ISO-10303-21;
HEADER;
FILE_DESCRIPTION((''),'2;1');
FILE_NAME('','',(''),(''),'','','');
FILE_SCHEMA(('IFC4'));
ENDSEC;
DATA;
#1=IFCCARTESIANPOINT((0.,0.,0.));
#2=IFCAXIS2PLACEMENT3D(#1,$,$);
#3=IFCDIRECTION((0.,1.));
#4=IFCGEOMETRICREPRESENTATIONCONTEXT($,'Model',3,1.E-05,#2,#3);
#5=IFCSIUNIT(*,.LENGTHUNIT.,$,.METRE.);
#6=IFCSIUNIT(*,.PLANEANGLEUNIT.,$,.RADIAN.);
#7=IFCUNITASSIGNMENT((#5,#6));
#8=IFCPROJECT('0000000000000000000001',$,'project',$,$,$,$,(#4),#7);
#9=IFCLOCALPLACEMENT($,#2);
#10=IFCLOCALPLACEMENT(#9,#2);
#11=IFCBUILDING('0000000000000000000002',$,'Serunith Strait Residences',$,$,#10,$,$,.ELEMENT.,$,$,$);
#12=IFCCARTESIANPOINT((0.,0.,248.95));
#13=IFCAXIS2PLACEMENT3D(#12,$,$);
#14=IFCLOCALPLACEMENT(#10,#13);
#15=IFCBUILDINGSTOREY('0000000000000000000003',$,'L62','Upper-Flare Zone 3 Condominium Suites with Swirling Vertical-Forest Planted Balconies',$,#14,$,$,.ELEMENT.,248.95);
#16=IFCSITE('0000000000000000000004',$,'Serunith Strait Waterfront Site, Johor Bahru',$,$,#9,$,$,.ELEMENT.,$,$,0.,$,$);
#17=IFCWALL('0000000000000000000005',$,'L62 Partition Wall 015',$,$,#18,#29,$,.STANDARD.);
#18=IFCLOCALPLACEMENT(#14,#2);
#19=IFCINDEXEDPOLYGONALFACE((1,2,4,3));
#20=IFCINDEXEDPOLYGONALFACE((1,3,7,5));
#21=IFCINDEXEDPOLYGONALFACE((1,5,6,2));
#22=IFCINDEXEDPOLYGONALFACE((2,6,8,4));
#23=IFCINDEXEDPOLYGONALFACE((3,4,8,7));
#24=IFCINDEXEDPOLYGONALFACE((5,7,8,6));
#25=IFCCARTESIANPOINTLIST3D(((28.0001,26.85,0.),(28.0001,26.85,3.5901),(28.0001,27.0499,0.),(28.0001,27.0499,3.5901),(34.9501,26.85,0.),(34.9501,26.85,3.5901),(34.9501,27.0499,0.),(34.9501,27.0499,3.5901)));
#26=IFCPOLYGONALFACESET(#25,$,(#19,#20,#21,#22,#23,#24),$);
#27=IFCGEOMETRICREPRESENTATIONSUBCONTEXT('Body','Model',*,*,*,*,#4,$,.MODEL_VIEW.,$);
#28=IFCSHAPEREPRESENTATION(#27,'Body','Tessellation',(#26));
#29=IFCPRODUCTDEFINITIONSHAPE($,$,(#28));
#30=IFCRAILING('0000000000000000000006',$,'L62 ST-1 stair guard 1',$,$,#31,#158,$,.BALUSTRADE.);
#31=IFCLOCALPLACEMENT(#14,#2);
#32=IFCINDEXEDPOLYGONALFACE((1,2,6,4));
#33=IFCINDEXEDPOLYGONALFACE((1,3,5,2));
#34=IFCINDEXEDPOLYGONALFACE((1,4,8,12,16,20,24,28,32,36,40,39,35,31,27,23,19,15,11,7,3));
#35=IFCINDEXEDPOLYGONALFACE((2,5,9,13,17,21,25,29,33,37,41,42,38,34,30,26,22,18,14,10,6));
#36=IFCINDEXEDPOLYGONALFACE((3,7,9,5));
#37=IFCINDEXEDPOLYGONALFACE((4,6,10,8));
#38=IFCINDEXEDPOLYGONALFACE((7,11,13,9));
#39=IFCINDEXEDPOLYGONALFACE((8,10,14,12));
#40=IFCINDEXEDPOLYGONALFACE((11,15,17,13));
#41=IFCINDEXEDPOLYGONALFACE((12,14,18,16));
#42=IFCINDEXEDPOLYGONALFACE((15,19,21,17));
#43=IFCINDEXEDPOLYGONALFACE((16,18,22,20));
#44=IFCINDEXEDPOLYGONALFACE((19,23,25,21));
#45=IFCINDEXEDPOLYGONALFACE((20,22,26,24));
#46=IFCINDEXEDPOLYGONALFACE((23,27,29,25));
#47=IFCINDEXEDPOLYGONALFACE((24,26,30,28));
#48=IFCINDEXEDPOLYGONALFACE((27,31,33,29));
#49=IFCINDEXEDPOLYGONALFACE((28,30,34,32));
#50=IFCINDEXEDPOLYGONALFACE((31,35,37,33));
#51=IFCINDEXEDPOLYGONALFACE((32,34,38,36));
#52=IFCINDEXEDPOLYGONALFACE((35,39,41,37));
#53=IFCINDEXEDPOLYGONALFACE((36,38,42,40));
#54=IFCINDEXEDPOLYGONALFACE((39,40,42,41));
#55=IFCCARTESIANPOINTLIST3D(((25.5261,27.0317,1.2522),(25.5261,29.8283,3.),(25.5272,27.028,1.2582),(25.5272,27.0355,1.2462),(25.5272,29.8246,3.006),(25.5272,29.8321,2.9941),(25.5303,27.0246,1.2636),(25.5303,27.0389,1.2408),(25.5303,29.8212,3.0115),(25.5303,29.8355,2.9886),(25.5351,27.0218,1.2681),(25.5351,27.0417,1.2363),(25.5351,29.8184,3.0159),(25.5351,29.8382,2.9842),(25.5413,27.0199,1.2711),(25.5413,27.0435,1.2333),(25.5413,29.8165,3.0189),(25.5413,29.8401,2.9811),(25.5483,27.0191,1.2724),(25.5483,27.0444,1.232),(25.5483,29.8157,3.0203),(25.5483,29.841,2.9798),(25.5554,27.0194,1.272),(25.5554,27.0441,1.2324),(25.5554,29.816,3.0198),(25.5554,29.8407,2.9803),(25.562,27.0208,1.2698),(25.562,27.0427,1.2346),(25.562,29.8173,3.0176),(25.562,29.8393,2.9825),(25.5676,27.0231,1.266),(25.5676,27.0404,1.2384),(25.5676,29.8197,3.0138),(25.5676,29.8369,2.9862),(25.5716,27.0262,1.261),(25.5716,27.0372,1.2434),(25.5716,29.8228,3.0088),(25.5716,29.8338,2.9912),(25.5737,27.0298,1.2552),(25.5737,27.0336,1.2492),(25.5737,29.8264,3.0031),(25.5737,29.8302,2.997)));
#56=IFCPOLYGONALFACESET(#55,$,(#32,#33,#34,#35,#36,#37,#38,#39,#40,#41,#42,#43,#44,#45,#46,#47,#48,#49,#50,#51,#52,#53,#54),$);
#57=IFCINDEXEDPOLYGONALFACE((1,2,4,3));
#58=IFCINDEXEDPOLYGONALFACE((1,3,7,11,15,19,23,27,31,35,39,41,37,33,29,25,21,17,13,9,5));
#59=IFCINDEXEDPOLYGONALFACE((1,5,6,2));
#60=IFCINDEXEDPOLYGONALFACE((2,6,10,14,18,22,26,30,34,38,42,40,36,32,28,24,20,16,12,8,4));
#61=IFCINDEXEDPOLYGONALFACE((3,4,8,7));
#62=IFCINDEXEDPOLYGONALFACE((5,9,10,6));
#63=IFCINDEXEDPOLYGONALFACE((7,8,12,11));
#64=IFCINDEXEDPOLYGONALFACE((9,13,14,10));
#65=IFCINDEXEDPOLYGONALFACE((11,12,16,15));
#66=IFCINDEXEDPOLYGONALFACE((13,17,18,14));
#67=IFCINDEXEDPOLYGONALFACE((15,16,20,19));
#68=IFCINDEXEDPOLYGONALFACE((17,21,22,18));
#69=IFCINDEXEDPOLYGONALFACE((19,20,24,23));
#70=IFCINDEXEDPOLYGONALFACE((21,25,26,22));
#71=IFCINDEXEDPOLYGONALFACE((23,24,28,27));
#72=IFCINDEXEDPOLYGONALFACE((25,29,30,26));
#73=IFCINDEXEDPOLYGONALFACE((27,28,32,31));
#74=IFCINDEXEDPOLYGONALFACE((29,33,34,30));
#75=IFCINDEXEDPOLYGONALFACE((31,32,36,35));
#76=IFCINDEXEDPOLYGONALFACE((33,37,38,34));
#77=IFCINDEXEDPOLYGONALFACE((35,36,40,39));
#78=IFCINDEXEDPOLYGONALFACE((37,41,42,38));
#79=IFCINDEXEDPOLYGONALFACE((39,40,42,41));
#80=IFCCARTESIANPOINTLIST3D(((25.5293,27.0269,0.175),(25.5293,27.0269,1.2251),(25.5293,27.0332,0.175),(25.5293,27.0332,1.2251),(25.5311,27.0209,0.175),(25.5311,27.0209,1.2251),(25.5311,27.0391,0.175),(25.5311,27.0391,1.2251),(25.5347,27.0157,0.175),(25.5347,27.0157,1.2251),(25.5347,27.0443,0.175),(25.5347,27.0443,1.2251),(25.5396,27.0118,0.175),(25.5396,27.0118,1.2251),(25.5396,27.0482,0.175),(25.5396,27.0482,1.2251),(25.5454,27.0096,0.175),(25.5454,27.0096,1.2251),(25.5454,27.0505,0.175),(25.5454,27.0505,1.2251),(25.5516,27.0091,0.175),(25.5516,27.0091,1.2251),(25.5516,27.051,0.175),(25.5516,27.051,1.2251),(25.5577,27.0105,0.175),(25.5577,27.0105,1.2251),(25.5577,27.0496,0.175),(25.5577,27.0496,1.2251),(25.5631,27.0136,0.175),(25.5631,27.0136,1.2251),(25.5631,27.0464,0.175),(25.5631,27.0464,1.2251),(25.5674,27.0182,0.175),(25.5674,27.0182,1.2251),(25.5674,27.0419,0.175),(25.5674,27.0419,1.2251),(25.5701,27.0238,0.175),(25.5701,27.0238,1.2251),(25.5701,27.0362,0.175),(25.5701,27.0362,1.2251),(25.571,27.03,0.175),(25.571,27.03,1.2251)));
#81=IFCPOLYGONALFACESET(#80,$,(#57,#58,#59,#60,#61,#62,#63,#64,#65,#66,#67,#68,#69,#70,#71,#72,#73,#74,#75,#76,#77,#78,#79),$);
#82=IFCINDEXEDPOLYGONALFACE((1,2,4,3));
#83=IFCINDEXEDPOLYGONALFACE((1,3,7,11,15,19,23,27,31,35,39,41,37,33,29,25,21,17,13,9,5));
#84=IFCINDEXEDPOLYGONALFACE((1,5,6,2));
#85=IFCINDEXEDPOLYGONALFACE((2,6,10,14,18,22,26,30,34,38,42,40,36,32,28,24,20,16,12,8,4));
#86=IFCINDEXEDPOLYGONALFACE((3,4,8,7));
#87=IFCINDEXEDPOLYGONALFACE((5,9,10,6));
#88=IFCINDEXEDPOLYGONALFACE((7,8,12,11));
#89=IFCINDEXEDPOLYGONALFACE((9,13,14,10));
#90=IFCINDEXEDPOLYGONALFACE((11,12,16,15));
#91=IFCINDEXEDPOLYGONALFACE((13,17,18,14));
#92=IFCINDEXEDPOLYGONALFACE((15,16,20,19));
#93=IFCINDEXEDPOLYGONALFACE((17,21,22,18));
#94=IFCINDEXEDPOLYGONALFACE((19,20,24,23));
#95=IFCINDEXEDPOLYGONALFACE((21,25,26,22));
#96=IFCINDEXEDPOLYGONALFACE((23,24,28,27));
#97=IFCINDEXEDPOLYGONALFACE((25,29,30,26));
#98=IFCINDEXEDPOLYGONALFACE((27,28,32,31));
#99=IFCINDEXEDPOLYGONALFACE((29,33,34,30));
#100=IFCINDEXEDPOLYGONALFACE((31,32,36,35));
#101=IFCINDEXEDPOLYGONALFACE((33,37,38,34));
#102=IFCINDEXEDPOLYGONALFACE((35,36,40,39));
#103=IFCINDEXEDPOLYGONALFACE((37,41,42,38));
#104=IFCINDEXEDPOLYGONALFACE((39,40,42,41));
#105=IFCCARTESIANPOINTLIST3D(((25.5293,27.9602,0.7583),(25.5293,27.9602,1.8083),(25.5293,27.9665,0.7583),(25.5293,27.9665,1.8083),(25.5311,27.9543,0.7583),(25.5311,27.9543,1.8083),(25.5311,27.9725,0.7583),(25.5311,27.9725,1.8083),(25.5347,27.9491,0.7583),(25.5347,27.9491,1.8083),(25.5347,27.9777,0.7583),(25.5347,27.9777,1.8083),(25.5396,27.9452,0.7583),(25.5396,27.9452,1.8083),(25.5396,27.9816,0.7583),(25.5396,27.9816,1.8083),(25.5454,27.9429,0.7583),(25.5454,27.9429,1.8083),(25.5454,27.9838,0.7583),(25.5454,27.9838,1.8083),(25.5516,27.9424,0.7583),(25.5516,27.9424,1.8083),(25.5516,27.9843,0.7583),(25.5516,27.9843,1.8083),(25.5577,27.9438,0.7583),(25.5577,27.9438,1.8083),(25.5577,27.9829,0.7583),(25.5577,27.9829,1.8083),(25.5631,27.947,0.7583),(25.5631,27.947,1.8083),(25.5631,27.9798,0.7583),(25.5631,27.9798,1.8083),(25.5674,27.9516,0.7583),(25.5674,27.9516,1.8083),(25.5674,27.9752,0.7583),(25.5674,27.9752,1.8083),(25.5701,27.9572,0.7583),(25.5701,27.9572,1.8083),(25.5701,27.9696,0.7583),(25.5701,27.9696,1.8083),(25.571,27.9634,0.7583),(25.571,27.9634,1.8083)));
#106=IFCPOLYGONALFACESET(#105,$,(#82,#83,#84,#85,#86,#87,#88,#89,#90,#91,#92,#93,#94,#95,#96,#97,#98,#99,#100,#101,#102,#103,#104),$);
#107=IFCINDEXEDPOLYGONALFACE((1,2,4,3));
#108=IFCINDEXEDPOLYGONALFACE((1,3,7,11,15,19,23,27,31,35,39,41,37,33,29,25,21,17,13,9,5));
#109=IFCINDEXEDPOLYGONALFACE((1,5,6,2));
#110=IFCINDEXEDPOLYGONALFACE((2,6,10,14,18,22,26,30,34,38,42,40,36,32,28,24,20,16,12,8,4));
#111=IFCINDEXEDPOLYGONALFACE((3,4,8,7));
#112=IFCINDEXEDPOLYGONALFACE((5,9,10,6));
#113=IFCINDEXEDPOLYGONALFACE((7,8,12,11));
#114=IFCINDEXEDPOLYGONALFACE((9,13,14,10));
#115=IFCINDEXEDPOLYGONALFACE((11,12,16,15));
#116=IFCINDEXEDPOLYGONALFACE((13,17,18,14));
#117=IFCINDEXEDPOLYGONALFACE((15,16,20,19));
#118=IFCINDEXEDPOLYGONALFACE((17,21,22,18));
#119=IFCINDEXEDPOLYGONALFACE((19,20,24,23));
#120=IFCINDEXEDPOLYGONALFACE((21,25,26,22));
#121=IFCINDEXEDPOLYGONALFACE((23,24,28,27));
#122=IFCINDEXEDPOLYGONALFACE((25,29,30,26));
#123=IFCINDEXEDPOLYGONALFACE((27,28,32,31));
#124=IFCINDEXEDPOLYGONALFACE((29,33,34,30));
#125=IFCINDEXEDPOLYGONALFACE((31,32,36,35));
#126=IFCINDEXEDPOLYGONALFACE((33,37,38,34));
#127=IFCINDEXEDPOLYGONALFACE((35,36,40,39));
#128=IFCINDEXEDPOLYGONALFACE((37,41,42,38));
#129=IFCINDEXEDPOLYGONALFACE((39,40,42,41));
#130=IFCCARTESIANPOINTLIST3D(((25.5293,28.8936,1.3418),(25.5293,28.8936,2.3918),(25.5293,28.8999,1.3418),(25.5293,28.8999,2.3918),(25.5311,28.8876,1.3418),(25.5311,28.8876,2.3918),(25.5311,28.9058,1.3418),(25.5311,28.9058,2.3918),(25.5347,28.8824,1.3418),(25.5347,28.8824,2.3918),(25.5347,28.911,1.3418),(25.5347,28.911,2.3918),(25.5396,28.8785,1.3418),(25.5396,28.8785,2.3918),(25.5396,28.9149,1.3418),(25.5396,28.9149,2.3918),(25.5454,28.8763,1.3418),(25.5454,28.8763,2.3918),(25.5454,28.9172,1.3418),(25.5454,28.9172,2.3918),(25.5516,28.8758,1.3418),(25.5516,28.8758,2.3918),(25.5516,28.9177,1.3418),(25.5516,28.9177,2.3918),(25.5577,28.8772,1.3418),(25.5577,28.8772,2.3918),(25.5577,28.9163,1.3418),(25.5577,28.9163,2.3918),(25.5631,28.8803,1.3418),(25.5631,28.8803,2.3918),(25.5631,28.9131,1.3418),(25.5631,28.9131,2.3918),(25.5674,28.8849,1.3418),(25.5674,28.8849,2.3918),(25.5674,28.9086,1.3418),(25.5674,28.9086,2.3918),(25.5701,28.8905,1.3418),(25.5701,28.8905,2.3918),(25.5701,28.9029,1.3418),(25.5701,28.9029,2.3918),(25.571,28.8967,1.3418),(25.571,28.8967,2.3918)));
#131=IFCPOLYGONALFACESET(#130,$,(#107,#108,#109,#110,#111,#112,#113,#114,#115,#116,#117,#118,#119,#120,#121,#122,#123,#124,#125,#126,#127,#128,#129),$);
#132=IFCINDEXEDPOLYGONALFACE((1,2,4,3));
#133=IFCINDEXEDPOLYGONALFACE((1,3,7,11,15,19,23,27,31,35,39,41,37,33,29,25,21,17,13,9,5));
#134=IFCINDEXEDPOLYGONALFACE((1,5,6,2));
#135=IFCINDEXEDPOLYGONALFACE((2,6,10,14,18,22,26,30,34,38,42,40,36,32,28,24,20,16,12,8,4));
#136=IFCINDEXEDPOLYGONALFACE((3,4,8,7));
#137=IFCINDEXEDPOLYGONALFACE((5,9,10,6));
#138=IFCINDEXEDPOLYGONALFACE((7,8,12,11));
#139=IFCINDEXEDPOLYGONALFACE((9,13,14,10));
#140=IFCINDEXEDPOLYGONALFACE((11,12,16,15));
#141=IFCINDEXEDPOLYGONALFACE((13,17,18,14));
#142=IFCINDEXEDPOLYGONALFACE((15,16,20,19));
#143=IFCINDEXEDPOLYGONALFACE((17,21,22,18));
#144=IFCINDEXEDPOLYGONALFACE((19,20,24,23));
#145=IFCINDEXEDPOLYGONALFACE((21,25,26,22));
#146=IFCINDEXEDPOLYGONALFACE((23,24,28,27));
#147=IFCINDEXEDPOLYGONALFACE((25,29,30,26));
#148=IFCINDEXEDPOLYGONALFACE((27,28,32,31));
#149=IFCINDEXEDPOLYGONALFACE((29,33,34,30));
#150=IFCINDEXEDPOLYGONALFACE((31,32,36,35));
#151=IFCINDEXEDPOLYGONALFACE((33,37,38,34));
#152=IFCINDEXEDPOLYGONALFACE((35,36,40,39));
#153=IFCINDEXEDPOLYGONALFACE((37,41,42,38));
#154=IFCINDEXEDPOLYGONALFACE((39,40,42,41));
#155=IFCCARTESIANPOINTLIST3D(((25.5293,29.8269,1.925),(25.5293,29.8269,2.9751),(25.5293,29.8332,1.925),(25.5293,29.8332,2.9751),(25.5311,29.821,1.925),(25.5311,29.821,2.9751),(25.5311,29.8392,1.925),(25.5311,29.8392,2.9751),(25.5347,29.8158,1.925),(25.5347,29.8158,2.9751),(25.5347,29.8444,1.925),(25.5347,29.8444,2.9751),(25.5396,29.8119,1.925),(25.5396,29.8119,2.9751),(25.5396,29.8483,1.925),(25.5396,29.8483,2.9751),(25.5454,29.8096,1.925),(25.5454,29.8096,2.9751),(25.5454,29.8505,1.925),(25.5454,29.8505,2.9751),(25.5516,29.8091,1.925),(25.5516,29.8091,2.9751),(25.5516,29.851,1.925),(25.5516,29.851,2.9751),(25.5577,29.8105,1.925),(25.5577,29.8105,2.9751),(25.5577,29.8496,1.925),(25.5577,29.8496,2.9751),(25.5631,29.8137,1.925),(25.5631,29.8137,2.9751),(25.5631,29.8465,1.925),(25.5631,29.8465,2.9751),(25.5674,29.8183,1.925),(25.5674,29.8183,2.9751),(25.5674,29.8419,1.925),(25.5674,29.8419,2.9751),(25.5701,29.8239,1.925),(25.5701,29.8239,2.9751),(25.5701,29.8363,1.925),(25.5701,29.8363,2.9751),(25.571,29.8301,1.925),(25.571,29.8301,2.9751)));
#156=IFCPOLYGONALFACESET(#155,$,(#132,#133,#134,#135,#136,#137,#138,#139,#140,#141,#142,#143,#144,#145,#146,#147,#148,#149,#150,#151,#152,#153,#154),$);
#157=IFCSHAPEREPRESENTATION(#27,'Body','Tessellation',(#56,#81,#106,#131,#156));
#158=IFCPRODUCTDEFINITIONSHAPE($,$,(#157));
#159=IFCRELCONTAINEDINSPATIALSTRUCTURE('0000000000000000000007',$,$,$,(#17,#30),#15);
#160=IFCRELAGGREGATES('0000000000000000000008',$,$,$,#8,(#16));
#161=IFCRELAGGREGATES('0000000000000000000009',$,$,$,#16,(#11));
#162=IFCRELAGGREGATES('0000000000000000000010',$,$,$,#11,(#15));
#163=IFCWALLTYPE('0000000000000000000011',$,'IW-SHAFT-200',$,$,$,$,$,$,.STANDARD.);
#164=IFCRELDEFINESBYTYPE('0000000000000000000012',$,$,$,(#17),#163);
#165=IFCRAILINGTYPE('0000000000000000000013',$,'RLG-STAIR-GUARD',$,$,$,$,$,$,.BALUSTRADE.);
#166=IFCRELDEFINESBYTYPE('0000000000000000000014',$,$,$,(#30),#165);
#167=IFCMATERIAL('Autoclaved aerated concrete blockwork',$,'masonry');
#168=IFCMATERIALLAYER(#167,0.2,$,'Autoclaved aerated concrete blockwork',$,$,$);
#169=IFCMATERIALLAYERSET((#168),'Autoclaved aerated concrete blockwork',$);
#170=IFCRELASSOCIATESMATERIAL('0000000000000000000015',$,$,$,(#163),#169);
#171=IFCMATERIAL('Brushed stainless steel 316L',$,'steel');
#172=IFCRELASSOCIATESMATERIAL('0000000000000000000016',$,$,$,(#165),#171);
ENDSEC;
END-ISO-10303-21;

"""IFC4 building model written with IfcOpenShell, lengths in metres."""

from ifc_helpers import new_model, si_unit, direction, frame, frame_2d, origin, origin_2d, place, context, subcontext, project, spatial, rectangle, circle, extrude, material, layer, layer_set, type_object, element, save


model = new_model("IFC4")

# Units and contexts
model_context = context("Model", 3, precision=1e-05, world=origin(), true_north=direction((0.0, 1.0)))
body_context = subcontext(model_context, "Body", "Model", "MODEL_VIEW")
ifc_project = project(units=[si_unit("LENGTHUNIT", "METRE"), si_unit("PLANEANGLEUNIT", "RADIAN")], contexts=[model_context])

# Site, building, storey
site_placement = place(None, origin())
site = spatial("IfcSite", under=ifc_project, at=site_placement, Name="Serunith Strait Waterfront Site, Johor Bahru", CompositionType="ELEMENT", RefElevation=0.0)
building_placement = place(site_placement, origin())
building = spatial("IfcBuilding", under=site, at=building_placement, Name="Serunith Strait Residences", CompositionType="ELEMENT")
storey_placement = place(building_placement, frame((0.0, 0.0, 248.95)))
storey = spatial("IfcBuildingStorey", under=building, at=storey_placement, Name="L62", Description="Upper-Flare Zone 3 Condominium Suites with Swirling Vertical-Forest Planted Balconies", CompositionType="ELEMENT", Elevation=248.95)

# Shared definitions
ifc_material_1 = material(Name="Autoclaved aerated concrete blockwork", Category="masonry")
ifc_layer_1 = layer(ifc_material_1, 0.2, Name="Autoclaved aerated concrete blockwork")
ifc_layer_set_1 = layer_set([ifc_layer_1], Name="Autoclaved aerated concrete blockwork")
wall_type_1 = type_object("IfcWallType", Name="IW-SHAFT-200", PredefinedType="STANDARD", material=ifc_layer_set_1)

# Wall
wall_1_placement = place(storey_placement, frame((28.0, 26.95, 0.0), z_axis=(0.0, 0.0, 1.0), x_axis=(1.0, 0.0, 0.0)))
element("IfcWall", 1, at=wall_1_placement, inside=storey, type_object=wall_type_1, Name="L62 Partition Wall 015", PredefinedType="STANDARD", context=body_context, shape_type="SweptSolid", body=[
    extrude(rectangle(XDim=6.95, YDim=0.2, at=frame_2d((3.4751, 0.0))), origin(), (0.0, 0.0, 1.0), 3.5901),
])

# Railing
ifc_material_2 = material(Name="Brushed stainless steel 316L", Category="steel")
railing_type_1 = type_object("IfcRailingType", Name="RLG-STAIR-GUARD", PredefinedType="BALUSTRADE", material=ifc_material_2)
railing_1_placement = place(storey_placement, frame((25.55, 27.03, 0.175)))
element("IfcRailing", 2, at=railing_1_placement, inside=storey, type_object=railing_type_1, Name="L62 ST-1 stair guard 1", PredefinedType="BALUSTRADE", context=body_context, shape_type="SweptSolid", body=[
    extrude(circle(Radius=0.0239, at=origin_2d()), frame((0.0, 0.0017, 1.0771), z_axis=(0.0, 0.848002, 0.529992), x_axis=(-1.0, 0.0, 0.0)), (0.0, 0.0, 1.0), 3.2979),
    extrude(circle(Radius=0.021, at=origin_2d()), origin(), (0.0, 0.0, 1.0), 1.05),
    extrude(circle(Radius=0.021, at=origin_2d()), frame((0.0, 0.9333, 0.5833)), (0.0, 0.0, 1.0), 1.05),
    extrude(circle(Radius=0.021, at=origin_2d()), frame((0.0, 1.8667, 1.1667)), (0.0, 0.0, 1.0), 1.05),
    extrude(circle(Radius=0.021, at=origin_2d()), frame((0.0, 2.8, 1.75)), (0.0, 0.0, 1.0), 1.05),
])

save(model, "model.ifc")
